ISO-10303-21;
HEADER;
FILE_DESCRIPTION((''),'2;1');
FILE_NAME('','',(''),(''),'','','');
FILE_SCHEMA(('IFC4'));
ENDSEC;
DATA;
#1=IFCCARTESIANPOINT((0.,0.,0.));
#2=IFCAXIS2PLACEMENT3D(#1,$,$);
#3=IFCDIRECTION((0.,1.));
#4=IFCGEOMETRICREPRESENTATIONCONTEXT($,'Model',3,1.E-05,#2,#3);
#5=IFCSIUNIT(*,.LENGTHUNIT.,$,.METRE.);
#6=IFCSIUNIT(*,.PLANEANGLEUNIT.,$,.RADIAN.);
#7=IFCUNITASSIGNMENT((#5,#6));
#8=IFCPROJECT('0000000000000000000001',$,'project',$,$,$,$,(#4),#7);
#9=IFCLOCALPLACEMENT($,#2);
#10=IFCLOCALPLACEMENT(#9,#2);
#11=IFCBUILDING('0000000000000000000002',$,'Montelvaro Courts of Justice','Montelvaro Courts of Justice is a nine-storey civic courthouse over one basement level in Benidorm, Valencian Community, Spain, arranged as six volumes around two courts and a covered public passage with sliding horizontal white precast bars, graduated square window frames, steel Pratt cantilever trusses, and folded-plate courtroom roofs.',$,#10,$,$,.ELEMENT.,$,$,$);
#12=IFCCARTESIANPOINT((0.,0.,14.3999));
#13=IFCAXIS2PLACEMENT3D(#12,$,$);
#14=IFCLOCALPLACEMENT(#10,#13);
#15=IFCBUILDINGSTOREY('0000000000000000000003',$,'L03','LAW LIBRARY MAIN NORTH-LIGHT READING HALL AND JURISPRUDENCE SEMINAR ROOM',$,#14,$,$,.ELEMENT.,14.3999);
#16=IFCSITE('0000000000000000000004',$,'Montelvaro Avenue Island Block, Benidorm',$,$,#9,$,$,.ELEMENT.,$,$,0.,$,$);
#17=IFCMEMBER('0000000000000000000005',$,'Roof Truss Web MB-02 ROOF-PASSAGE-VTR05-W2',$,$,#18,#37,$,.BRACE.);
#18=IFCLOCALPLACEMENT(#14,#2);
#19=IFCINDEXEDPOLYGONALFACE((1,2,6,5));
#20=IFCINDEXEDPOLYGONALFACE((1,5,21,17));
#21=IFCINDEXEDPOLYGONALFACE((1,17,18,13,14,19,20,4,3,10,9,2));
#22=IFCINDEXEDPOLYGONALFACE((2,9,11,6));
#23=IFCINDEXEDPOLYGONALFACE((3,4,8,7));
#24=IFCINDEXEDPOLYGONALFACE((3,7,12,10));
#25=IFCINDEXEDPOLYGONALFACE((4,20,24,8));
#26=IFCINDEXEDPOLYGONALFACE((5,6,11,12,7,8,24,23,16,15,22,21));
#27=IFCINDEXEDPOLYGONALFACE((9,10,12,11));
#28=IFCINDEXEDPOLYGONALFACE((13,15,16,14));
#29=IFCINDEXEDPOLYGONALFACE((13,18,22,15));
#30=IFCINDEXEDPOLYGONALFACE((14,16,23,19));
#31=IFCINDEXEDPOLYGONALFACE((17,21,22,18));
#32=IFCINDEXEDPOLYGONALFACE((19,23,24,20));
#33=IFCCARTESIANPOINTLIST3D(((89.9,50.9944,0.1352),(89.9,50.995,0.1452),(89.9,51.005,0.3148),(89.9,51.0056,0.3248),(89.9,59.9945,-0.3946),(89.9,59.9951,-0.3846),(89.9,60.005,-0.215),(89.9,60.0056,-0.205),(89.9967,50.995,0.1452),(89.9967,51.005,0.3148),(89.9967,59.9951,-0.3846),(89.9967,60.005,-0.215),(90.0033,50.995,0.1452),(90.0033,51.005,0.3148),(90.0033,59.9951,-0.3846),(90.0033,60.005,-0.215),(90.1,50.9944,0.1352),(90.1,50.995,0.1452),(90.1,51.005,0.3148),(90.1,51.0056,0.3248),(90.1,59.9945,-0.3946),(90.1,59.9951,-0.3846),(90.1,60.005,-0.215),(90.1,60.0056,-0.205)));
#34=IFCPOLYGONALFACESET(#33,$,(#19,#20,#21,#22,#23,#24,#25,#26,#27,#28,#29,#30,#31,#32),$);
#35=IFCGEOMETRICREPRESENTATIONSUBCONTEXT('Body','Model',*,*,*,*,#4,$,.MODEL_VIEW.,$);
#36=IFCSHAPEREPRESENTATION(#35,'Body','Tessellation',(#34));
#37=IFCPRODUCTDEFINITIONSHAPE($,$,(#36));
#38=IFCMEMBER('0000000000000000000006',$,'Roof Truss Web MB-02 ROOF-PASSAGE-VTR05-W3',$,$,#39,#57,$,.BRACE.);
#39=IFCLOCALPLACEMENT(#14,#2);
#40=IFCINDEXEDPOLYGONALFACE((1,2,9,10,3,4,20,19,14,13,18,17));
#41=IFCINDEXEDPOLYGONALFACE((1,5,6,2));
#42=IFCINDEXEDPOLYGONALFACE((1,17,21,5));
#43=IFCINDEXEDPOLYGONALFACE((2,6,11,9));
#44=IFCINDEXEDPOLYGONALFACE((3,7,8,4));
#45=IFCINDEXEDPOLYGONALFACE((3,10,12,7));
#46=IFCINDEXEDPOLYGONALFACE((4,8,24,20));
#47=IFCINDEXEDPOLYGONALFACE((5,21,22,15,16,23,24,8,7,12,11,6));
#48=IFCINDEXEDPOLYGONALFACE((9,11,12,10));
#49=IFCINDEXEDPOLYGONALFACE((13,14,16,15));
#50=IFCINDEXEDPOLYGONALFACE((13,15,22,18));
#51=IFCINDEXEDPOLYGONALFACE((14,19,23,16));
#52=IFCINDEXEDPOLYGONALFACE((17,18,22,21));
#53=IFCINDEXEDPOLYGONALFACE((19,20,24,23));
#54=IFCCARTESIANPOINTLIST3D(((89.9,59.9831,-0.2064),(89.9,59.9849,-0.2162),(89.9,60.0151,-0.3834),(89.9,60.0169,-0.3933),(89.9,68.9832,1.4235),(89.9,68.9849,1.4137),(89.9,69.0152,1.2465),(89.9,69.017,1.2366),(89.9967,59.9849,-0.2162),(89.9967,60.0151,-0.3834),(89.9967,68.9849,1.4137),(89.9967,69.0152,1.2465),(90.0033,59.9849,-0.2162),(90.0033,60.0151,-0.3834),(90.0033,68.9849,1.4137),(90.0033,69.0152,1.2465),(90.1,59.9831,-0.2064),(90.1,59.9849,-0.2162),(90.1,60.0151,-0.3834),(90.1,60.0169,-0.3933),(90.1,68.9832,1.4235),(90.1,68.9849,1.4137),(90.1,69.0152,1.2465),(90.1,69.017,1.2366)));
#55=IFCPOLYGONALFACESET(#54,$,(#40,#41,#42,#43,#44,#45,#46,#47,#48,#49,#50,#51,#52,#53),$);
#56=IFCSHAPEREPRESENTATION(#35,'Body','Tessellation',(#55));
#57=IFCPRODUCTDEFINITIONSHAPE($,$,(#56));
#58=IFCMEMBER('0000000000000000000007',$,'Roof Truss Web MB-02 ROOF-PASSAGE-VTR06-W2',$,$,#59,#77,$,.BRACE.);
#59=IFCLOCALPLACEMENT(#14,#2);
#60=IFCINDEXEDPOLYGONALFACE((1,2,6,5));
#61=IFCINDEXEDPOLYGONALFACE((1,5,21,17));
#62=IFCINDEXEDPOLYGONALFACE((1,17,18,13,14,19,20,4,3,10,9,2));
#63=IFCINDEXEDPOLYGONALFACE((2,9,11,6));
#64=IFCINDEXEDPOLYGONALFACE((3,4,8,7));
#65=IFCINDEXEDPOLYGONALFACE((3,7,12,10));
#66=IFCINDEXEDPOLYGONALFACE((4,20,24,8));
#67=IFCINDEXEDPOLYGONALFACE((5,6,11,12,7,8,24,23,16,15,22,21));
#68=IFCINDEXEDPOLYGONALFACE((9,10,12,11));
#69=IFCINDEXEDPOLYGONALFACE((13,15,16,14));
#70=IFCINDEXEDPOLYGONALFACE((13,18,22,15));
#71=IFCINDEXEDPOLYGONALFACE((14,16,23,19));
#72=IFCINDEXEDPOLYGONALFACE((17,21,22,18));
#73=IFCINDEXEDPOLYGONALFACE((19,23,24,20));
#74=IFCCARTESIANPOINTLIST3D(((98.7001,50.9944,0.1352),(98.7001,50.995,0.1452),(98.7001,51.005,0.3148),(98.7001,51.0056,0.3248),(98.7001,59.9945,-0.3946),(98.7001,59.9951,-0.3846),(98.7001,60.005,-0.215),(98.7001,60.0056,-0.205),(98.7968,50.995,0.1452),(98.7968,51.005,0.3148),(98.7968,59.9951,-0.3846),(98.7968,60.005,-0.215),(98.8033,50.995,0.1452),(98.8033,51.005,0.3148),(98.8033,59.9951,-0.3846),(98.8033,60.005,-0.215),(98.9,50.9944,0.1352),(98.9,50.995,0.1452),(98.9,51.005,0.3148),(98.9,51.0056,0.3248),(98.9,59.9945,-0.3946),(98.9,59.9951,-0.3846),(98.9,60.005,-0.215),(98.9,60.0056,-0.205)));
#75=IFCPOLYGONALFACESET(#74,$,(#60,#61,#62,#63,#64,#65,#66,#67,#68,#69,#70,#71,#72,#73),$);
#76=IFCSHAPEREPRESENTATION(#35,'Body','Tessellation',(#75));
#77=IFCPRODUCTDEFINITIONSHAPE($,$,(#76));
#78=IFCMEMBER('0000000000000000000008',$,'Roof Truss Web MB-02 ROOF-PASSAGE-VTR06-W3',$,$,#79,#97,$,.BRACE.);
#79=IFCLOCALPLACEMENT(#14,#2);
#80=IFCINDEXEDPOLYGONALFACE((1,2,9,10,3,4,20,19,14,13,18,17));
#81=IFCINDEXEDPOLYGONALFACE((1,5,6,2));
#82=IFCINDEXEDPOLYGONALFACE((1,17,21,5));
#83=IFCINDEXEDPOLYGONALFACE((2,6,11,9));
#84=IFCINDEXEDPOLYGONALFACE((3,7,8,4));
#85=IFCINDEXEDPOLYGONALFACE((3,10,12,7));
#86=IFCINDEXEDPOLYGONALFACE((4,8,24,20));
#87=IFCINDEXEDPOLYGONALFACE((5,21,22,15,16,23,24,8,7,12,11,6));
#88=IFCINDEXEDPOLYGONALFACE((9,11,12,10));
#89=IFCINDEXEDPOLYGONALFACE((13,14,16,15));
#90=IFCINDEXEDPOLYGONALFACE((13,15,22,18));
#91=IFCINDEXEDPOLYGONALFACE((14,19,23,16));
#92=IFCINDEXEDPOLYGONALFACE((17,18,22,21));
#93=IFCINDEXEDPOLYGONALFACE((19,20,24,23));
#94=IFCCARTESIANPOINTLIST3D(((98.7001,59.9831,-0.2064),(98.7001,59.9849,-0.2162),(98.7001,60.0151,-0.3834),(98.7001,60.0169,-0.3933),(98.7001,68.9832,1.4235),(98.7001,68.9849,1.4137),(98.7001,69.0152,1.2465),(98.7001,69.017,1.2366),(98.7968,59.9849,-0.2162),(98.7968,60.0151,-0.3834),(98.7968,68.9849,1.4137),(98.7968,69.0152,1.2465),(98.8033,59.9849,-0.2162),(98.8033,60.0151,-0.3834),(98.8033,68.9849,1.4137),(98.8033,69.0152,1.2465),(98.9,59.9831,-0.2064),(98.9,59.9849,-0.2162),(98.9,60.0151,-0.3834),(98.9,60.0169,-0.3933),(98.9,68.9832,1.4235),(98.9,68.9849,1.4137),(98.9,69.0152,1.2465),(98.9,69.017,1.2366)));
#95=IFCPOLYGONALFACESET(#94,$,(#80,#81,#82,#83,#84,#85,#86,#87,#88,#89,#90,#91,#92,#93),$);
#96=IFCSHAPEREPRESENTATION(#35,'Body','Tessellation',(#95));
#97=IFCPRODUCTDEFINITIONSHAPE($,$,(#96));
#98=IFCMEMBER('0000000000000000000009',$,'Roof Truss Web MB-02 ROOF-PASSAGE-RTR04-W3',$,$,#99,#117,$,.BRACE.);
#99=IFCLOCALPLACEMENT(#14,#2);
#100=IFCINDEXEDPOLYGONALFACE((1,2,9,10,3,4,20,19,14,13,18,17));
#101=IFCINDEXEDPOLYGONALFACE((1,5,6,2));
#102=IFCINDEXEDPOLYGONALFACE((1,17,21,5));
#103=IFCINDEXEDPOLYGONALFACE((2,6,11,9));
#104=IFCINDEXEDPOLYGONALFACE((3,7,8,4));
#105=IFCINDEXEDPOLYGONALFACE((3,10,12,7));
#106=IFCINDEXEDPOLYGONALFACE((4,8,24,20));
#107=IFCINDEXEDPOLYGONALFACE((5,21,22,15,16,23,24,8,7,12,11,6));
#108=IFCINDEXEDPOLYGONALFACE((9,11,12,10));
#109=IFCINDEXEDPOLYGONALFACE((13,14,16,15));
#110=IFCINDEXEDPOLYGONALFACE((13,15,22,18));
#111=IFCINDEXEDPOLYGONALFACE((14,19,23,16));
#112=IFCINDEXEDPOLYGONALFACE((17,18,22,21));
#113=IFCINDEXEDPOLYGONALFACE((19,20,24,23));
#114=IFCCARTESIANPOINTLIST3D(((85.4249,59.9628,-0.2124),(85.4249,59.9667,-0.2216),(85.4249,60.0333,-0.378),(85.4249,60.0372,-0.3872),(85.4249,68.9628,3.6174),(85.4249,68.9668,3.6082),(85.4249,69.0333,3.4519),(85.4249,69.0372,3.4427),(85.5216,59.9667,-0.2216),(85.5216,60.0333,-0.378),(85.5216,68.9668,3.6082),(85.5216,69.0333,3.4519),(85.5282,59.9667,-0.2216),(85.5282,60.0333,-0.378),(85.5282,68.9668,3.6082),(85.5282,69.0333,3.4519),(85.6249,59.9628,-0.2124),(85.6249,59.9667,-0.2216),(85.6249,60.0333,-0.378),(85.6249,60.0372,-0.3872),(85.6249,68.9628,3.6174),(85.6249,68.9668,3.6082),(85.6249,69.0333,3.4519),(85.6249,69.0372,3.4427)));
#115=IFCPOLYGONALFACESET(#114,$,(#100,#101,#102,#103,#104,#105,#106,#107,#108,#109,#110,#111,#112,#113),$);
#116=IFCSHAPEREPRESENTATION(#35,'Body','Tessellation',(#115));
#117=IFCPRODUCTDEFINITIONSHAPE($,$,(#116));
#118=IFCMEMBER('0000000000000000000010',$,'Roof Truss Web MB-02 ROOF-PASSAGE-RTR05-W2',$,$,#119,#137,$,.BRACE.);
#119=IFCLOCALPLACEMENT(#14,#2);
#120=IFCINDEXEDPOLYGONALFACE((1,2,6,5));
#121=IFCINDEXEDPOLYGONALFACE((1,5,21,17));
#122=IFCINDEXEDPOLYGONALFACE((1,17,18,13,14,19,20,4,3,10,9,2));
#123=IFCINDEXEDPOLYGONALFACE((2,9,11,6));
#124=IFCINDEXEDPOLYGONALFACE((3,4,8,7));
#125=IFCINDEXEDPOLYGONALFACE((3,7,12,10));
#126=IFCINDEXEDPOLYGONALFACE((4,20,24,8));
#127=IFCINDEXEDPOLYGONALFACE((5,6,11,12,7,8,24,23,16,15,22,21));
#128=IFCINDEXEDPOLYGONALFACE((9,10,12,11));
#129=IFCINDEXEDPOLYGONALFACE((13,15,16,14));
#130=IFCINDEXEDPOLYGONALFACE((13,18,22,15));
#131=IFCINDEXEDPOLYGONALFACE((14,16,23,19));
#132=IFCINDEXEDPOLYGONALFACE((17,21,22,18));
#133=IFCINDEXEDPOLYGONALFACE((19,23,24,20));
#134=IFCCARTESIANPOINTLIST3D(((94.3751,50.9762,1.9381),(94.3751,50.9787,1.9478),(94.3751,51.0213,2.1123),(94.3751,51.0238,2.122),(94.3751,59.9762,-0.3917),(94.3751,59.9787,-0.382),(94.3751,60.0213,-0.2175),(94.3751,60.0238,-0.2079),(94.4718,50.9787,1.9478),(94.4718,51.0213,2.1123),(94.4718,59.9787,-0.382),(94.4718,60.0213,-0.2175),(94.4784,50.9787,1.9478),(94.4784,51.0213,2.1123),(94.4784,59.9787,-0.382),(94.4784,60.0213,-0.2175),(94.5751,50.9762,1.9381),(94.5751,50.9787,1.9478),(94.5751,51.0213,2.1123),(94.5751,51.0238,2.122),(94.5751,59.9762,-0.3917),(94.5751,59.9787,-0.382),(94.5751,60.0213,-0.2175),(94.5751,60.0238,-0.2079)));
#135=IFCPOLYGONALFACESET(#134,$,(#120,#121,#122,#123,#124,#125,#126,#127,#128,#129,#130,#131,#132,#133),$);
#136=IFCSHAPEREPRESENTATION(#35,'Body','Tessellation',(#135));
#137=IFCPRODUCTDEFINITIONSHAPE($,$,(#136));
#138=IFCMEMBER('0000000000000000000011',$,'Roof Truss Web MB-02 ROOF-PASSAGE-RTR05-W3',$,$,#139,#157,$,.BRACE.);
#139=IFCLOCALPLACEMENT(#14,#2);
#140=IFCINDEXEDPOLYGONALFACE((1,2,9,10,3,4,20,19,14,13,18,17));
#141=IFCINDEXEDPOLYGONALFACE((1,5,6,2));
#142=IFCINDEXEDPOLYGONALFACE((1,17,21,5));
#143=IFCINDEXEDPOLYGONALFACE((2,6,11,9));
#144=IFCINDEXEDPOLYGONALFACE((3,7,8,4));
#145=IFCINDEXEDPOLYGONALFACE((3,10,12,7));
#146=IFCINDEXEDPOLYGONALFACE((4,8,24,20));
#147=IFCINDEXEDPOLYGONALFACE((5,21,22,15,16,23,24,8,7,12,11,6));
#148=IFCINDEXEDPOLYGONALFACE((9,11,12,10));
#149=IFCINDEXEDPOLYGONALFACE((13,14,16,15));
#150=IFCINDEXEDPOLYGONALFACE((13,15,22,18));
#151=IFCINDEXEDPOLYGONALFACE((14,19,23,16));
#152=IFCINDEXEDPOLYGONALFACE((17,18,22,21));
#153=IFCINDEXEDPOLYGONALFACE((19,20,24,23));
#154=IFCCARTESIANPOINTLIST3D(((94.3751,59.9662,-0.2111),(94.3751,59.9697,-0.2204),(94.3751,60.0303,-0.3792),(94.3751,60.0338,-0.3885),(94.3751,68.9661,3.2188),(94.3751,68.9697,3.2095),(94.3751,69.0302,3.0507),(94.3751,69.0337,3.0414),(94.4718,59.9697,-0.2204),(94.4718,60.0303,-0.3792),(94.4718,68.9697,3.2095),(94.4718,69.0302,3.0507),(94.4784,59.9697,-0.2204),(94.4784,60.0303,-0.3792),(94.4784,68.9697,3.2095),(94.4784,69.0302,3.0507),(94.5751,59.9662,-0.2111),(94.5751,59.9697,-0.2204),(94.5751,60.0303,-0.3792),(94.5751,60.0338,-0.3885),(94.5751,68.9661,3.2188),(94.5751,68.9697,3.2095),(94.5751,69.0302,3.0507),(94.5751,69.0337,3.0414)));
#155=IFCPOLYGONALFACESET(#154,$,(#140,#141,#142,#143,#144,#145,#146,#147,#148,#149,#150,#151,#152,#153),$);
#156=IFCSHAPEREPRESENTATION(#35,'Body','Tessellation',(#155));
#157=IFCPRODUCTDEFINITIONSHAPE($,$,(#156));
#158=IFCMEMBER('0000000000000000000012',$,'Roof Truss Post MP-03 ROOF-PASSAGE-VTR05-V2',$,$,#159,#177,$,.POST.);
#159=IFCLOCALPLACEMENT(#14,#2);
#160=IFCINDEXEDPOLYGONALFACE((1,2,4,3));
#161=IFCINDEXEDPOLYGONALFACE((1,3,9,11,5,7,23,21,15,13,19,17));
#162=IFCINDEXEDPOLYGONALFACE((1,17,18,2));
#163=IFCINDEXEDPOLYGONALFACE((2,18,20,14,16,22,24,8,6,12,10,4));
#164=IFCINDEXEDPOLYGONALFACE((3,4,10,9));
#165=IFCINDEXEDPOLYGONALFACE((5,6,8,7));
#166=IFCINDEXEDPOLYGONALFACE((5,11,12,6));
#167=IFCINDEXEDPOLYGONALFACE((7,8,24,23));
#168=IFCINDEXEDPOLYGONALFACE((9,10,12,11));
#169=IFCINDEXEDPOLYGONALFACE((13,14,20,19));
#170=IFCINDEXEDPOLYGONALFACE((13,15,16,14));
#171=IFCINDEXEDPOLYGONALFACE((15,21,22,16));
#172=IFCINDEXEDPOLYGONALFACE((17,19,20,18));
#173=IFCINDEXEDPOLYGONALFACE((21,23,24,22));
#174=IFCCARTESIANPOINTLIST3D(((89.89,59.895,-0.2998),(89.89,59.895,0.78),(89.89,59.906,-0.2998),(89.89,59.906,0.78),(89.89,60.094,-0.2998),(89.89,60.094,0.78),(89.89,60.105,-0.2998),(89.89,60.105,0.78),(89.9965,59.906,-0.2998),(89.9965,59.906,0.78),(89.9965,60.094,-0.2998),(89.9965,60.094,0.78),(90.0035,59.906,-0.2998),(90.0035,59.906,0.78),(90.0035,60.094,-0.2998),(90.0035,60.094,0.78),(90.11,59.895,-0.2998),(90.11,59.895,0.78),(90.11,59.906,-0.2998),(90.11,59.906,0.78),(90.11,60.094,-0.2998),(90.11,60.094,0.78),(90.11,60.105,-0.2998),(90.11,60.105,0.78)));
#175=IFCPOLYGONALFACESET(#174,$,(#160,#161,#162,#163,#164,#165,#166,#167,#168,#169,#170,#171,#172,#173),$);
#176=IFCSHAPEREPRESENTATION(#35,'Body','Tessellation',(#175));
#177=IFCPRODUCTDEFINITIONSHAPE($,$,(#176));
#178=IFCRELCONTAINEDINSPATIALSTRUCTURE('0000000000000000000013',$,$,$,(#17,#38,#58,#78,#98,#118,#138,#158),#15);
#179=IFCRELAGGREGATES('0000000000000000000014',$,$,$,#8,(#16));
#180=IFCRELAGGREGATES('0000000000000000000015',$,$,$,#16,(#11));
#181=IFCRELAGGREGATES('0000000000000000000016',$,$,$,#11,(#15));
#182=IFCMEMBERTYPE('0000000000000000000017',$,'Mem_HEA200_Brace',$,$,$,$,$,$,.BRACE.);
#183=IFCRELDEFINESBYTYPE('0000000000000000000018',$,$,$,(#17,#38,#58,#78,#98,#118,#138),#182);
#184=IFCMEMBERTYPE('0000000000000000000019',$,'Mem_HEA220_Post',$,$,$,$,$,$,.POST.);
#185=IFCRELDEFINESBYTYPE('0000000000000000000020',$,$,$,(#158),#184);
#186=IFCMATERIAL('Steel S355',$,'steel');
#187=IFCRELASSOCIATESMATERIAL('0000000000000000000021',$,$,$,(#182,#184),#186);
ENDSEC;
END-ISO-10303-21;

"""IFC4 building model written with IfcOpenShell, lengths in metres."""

from ifc_helpers import new_model, si_unit, direction, frame, origin, origin_2d, place, context, subcontext, project, spatial, i_section, extrude, material, material_profile, profile_set, type_object, element, save


model = new_model("IFC4")

# Units and contexts
model_context = context("Model", 3, precision=1e-05, world=origin(), true_north=direction((0.0, 1.0)))
body_context = subcontext(model_context, "Body", "Model", "MODEL_VIEW")
ifc_project = project(units=[si_unit("LENGTHUNIT", "METRE"), si_unit("PLANEANGLEUNIT", "RADIAN")], contexts=[model_context])

# Site, building, storey
site_placement = place(None, origin())
site = spatial("IfcSite", under=ifc_project, at=site_placement, Name="Montelvaro Avenue Island Block, Benidorm", CompositionType="ELEMENT", RefElevation=0.0)
building_placement = place(site_placement, origin())
building = spatial("IfcBuilding", under=site, at=building_placement, Name="Montelvaro Courts of Justice", Description="Montelvaro Courts of Justice is a nine-storey civic courthouse over one basement level in Benidorm, Valencian Community, Spain, arranged as six volumes around two courts and a covered public passage with sliding horizontal white precast bars, graduated square window frames, steel Pratt cantilever trusses, and folded-plate courtroom roofs.", CompositionType="ELEMENT")
storey_placement = place(building_placement, frame((0.0, 0.0, 14.3999)))
storey = spatial("IfcBuildingStorey", under=building, at=storey_placement, Name="L03", Description="LAW LIBRARY MAIN NORTH-LIGHT READING HALL AND JURISPRUDENCE SEMINAR ROOM", CompositionType="ELEMENT", Elevation=14.3999)

# Members
ifc_material = material(Name="Steel S355", Category="steel")
ifc_material_profile_1 = material_profile(ifc_material, i_section(OverallWidth=0.2, OverallDepth=0.1899, WebThickness=0.0066, FlangeThickness=0.01, at=origin_2d()), Name="HEA 200")
ifc_profile_set_1 = profile_set([ifc_material_profile_1], Name="Steel S355")
member_type_1 = type_object("IfcMemberType", Name="Mem_HEA200_Brace", PredefinedType="BRACE", material=ifc_profile_set_1)
member_1_placement = place(storey_placement, frame((90.0, 51.0, 0.23), z_axis=(0.0, 0.998272, -0.058763), x_axis=(-1.0, 0.0, 0.0)))
element("IfcMember", 1, at=member_1_placement, inside=storey, type_object=member_type_1, Name="Roof Truss Web MB-02 ROOF-PASSAGE-VTR05-W2", PredefinedType="BRACE", context=body_context, shape_type="SweptSolid", body=[
    extrude(i_section(OverallWidth=0.2, OverallDepth=0.1899, WebThickness=0.0066, FlangeThickness=0.01, at=origin_2d()), origin(), (0.0, 0.0, 1.0), 9.0156),
])
member_2_placement = place(storey_placement, frame((90.0, 60.0, -0.2998), z_axis=(0.0, 0.983994, 0.1782), x_axis=(-1.0, 0.0, 0.0)))
element("IfcMember", 2, at=member_2_placement, inside=storey, type_object=member_type_1, Name="Roof Truss Web MB-02 ROOF-PASSAGE-VTR05-W3", PredefinedType="BRACE", context=body_context, shape_type="SweptSolid", body=[
    extrude(i_section(OverallWidth=0.2, OverallDepth=0.1899, WebThickness=0.0066, FlangeThickness=0.01, at=origin_2d()), origin(), (0.0, 0.0, 1.0), 9.1465),
])
member_3_placement = place(storey_placement, frame((98.8, 51.0, 0.23), z_axis=(0.0, 0.998272, -0.058763), x_axis=(-1.0, 0.0, 0.0)))
element("IfcMember", 3, at=member_3_placement, inside=storey, type_object=member_type_1, Name="Roof Truss Web MB-02 ROOF-PASSAGE-VTR06-W2", PredefinedType="BRACE", context=body_context, shape_type="SweptSolid", body=[
    extrude(i_section(OverallWidth=0.2, OverallDepth=0.1899, WebThickness=0.0066, FlangeThickness=0.01, at=origin_2d()), origin(), (0.0, 0.0, 1.0), 9.0156),
])
member_4_placement = place(storey_placement, frame((98.8, 60.0, -0.2998), z_axis=(0.0, 0.983994, 0.1782), x_axis=(-1.0, 0.0, 0.0)))
element("IfcMember", 4, at=member_4_placement, inside=storey, type_object=member_type_1, Name="Roof Truss Web MB-02 ROOF-PASSAGE-VTR06-W3", PredefinedType="BRACE", context=body_context, shape_type="SweptSolid", body=[
    extrude(i_section(OverallWidth=0.2, OverallDepth=0.1899, WebThickness=0.0066, FlangeThickness=0.01, at=origin_2d()), origin(), (0.0, 0.0, 1.0), 9.1465),
])
member_5_placement = place(storey_placement, frame((85.5249, 60.0, -0.2998), z_axis=(0.0, 0.920153, 0.391559), x_axis=(-1.0, 0.0, 0.0)))
element("IfcMember", 5, at=member_5_placement, inside=storey, type_object=member_type_1, Name="Roof Truss Web MB-02 ROOF-PASSAGE-RTR04-W3", PredefinedType="BRACE", context=body_context, shape_type="SweptSolid", body=[
    extrude(i_section(OverallWidth=0.2, OverallDepth=0.1899, WebThickness=0.0066, FlangeThickness=0.01, at=origin_2d()), origin(), (0.0, 0.0, 1.0), 9.781),
])
member_6_placement = place(storey_placement, frame((94.4751, 51.0, 2.03), z_axis=(0.0, 0.968088, -0.250609), x_axis=(-1.0, 0.0, 0.0)))
element("IfcMember", 6, at=member_6_placement, inside=storey, type_object=member_type_1, Name="Roof Truss Web MB-02 ROOF-PASSAGE-RTR05-W2", PredefinedType="BRACE", context=body_context, shape_type="SweptSolid", body=[
    extrude(i_section(OverallWidth=0.2, OverallDepth=0.1899, WebThickness=0.0066, FlangeThickness=0.01, at=origin_2d()), origin(), (0.0, 0.0, 1.0), 9.2966),
])
member_7_placement = place(storey_placement, frame((94.4751, 60.0, -0.2998), z_axis=(0.0, 0.934441, 0.356119), x_axis=(-1.0, 0.0, 0.0)))
element("IfcMember", 7, at=member_7_placement, inside=storey, type_object=member_type_1, Name="Roof Truss Web MB-02 ROOF-PASSAGE-RTR05-W3", PredefinedType="BRACE", context=body_context, shape_type="SweptSolid", body=[
    extrude(i_section(OverallWidth=0.2, OverallDepth=0.1899, WebThickness=0.0066, FlangeThickness=0.01, at=origin_2d()), origin(), (0.0, 0.0, 1.0), 9.6313),
])
ifc_material_profile_2 = material_profile(ifc_material, i_section(OverallWidth=0.22, OverallDepth=0.21, WebThickness=0.0071, FlangeThickness=0.011, at=origin_2d()), Name="HEA 220")
ifc_profile_set_2 = profile_set([ifc_material_profile_2], Name="Steel S355")
member_type_2 = type_object("IfcMemberType", Name="Mem_HEA220_Post", PredefinedType="POST", material=ifc_profile_set_2)
member_8_placement = place(storey_placement, frame((90.0, 60.0, -0.2998), z_axis=(0.0, 0.0, 1.0), x_axis=(1.0, 0.0, 0.0)))
element("IfcMember", 8, at=member_8_placement, inside=storey, type_object=member_type_2, Name="Roof Truss Post MP-03 ROOF-PASSAGE-VTR05-V2", PredefinedType="POST", context=body_context, shape_type="SweptSolid", body=[
    extrude(i_section(OverallWidth=0.22, OverallDepth=0.21, WebThickness=0.0071, FlangeThickness=0.011, at=origin_2d()), origin(), (0.0, 0.0, 1.0), 1.0798),
])

save(model, "model.ifc")
